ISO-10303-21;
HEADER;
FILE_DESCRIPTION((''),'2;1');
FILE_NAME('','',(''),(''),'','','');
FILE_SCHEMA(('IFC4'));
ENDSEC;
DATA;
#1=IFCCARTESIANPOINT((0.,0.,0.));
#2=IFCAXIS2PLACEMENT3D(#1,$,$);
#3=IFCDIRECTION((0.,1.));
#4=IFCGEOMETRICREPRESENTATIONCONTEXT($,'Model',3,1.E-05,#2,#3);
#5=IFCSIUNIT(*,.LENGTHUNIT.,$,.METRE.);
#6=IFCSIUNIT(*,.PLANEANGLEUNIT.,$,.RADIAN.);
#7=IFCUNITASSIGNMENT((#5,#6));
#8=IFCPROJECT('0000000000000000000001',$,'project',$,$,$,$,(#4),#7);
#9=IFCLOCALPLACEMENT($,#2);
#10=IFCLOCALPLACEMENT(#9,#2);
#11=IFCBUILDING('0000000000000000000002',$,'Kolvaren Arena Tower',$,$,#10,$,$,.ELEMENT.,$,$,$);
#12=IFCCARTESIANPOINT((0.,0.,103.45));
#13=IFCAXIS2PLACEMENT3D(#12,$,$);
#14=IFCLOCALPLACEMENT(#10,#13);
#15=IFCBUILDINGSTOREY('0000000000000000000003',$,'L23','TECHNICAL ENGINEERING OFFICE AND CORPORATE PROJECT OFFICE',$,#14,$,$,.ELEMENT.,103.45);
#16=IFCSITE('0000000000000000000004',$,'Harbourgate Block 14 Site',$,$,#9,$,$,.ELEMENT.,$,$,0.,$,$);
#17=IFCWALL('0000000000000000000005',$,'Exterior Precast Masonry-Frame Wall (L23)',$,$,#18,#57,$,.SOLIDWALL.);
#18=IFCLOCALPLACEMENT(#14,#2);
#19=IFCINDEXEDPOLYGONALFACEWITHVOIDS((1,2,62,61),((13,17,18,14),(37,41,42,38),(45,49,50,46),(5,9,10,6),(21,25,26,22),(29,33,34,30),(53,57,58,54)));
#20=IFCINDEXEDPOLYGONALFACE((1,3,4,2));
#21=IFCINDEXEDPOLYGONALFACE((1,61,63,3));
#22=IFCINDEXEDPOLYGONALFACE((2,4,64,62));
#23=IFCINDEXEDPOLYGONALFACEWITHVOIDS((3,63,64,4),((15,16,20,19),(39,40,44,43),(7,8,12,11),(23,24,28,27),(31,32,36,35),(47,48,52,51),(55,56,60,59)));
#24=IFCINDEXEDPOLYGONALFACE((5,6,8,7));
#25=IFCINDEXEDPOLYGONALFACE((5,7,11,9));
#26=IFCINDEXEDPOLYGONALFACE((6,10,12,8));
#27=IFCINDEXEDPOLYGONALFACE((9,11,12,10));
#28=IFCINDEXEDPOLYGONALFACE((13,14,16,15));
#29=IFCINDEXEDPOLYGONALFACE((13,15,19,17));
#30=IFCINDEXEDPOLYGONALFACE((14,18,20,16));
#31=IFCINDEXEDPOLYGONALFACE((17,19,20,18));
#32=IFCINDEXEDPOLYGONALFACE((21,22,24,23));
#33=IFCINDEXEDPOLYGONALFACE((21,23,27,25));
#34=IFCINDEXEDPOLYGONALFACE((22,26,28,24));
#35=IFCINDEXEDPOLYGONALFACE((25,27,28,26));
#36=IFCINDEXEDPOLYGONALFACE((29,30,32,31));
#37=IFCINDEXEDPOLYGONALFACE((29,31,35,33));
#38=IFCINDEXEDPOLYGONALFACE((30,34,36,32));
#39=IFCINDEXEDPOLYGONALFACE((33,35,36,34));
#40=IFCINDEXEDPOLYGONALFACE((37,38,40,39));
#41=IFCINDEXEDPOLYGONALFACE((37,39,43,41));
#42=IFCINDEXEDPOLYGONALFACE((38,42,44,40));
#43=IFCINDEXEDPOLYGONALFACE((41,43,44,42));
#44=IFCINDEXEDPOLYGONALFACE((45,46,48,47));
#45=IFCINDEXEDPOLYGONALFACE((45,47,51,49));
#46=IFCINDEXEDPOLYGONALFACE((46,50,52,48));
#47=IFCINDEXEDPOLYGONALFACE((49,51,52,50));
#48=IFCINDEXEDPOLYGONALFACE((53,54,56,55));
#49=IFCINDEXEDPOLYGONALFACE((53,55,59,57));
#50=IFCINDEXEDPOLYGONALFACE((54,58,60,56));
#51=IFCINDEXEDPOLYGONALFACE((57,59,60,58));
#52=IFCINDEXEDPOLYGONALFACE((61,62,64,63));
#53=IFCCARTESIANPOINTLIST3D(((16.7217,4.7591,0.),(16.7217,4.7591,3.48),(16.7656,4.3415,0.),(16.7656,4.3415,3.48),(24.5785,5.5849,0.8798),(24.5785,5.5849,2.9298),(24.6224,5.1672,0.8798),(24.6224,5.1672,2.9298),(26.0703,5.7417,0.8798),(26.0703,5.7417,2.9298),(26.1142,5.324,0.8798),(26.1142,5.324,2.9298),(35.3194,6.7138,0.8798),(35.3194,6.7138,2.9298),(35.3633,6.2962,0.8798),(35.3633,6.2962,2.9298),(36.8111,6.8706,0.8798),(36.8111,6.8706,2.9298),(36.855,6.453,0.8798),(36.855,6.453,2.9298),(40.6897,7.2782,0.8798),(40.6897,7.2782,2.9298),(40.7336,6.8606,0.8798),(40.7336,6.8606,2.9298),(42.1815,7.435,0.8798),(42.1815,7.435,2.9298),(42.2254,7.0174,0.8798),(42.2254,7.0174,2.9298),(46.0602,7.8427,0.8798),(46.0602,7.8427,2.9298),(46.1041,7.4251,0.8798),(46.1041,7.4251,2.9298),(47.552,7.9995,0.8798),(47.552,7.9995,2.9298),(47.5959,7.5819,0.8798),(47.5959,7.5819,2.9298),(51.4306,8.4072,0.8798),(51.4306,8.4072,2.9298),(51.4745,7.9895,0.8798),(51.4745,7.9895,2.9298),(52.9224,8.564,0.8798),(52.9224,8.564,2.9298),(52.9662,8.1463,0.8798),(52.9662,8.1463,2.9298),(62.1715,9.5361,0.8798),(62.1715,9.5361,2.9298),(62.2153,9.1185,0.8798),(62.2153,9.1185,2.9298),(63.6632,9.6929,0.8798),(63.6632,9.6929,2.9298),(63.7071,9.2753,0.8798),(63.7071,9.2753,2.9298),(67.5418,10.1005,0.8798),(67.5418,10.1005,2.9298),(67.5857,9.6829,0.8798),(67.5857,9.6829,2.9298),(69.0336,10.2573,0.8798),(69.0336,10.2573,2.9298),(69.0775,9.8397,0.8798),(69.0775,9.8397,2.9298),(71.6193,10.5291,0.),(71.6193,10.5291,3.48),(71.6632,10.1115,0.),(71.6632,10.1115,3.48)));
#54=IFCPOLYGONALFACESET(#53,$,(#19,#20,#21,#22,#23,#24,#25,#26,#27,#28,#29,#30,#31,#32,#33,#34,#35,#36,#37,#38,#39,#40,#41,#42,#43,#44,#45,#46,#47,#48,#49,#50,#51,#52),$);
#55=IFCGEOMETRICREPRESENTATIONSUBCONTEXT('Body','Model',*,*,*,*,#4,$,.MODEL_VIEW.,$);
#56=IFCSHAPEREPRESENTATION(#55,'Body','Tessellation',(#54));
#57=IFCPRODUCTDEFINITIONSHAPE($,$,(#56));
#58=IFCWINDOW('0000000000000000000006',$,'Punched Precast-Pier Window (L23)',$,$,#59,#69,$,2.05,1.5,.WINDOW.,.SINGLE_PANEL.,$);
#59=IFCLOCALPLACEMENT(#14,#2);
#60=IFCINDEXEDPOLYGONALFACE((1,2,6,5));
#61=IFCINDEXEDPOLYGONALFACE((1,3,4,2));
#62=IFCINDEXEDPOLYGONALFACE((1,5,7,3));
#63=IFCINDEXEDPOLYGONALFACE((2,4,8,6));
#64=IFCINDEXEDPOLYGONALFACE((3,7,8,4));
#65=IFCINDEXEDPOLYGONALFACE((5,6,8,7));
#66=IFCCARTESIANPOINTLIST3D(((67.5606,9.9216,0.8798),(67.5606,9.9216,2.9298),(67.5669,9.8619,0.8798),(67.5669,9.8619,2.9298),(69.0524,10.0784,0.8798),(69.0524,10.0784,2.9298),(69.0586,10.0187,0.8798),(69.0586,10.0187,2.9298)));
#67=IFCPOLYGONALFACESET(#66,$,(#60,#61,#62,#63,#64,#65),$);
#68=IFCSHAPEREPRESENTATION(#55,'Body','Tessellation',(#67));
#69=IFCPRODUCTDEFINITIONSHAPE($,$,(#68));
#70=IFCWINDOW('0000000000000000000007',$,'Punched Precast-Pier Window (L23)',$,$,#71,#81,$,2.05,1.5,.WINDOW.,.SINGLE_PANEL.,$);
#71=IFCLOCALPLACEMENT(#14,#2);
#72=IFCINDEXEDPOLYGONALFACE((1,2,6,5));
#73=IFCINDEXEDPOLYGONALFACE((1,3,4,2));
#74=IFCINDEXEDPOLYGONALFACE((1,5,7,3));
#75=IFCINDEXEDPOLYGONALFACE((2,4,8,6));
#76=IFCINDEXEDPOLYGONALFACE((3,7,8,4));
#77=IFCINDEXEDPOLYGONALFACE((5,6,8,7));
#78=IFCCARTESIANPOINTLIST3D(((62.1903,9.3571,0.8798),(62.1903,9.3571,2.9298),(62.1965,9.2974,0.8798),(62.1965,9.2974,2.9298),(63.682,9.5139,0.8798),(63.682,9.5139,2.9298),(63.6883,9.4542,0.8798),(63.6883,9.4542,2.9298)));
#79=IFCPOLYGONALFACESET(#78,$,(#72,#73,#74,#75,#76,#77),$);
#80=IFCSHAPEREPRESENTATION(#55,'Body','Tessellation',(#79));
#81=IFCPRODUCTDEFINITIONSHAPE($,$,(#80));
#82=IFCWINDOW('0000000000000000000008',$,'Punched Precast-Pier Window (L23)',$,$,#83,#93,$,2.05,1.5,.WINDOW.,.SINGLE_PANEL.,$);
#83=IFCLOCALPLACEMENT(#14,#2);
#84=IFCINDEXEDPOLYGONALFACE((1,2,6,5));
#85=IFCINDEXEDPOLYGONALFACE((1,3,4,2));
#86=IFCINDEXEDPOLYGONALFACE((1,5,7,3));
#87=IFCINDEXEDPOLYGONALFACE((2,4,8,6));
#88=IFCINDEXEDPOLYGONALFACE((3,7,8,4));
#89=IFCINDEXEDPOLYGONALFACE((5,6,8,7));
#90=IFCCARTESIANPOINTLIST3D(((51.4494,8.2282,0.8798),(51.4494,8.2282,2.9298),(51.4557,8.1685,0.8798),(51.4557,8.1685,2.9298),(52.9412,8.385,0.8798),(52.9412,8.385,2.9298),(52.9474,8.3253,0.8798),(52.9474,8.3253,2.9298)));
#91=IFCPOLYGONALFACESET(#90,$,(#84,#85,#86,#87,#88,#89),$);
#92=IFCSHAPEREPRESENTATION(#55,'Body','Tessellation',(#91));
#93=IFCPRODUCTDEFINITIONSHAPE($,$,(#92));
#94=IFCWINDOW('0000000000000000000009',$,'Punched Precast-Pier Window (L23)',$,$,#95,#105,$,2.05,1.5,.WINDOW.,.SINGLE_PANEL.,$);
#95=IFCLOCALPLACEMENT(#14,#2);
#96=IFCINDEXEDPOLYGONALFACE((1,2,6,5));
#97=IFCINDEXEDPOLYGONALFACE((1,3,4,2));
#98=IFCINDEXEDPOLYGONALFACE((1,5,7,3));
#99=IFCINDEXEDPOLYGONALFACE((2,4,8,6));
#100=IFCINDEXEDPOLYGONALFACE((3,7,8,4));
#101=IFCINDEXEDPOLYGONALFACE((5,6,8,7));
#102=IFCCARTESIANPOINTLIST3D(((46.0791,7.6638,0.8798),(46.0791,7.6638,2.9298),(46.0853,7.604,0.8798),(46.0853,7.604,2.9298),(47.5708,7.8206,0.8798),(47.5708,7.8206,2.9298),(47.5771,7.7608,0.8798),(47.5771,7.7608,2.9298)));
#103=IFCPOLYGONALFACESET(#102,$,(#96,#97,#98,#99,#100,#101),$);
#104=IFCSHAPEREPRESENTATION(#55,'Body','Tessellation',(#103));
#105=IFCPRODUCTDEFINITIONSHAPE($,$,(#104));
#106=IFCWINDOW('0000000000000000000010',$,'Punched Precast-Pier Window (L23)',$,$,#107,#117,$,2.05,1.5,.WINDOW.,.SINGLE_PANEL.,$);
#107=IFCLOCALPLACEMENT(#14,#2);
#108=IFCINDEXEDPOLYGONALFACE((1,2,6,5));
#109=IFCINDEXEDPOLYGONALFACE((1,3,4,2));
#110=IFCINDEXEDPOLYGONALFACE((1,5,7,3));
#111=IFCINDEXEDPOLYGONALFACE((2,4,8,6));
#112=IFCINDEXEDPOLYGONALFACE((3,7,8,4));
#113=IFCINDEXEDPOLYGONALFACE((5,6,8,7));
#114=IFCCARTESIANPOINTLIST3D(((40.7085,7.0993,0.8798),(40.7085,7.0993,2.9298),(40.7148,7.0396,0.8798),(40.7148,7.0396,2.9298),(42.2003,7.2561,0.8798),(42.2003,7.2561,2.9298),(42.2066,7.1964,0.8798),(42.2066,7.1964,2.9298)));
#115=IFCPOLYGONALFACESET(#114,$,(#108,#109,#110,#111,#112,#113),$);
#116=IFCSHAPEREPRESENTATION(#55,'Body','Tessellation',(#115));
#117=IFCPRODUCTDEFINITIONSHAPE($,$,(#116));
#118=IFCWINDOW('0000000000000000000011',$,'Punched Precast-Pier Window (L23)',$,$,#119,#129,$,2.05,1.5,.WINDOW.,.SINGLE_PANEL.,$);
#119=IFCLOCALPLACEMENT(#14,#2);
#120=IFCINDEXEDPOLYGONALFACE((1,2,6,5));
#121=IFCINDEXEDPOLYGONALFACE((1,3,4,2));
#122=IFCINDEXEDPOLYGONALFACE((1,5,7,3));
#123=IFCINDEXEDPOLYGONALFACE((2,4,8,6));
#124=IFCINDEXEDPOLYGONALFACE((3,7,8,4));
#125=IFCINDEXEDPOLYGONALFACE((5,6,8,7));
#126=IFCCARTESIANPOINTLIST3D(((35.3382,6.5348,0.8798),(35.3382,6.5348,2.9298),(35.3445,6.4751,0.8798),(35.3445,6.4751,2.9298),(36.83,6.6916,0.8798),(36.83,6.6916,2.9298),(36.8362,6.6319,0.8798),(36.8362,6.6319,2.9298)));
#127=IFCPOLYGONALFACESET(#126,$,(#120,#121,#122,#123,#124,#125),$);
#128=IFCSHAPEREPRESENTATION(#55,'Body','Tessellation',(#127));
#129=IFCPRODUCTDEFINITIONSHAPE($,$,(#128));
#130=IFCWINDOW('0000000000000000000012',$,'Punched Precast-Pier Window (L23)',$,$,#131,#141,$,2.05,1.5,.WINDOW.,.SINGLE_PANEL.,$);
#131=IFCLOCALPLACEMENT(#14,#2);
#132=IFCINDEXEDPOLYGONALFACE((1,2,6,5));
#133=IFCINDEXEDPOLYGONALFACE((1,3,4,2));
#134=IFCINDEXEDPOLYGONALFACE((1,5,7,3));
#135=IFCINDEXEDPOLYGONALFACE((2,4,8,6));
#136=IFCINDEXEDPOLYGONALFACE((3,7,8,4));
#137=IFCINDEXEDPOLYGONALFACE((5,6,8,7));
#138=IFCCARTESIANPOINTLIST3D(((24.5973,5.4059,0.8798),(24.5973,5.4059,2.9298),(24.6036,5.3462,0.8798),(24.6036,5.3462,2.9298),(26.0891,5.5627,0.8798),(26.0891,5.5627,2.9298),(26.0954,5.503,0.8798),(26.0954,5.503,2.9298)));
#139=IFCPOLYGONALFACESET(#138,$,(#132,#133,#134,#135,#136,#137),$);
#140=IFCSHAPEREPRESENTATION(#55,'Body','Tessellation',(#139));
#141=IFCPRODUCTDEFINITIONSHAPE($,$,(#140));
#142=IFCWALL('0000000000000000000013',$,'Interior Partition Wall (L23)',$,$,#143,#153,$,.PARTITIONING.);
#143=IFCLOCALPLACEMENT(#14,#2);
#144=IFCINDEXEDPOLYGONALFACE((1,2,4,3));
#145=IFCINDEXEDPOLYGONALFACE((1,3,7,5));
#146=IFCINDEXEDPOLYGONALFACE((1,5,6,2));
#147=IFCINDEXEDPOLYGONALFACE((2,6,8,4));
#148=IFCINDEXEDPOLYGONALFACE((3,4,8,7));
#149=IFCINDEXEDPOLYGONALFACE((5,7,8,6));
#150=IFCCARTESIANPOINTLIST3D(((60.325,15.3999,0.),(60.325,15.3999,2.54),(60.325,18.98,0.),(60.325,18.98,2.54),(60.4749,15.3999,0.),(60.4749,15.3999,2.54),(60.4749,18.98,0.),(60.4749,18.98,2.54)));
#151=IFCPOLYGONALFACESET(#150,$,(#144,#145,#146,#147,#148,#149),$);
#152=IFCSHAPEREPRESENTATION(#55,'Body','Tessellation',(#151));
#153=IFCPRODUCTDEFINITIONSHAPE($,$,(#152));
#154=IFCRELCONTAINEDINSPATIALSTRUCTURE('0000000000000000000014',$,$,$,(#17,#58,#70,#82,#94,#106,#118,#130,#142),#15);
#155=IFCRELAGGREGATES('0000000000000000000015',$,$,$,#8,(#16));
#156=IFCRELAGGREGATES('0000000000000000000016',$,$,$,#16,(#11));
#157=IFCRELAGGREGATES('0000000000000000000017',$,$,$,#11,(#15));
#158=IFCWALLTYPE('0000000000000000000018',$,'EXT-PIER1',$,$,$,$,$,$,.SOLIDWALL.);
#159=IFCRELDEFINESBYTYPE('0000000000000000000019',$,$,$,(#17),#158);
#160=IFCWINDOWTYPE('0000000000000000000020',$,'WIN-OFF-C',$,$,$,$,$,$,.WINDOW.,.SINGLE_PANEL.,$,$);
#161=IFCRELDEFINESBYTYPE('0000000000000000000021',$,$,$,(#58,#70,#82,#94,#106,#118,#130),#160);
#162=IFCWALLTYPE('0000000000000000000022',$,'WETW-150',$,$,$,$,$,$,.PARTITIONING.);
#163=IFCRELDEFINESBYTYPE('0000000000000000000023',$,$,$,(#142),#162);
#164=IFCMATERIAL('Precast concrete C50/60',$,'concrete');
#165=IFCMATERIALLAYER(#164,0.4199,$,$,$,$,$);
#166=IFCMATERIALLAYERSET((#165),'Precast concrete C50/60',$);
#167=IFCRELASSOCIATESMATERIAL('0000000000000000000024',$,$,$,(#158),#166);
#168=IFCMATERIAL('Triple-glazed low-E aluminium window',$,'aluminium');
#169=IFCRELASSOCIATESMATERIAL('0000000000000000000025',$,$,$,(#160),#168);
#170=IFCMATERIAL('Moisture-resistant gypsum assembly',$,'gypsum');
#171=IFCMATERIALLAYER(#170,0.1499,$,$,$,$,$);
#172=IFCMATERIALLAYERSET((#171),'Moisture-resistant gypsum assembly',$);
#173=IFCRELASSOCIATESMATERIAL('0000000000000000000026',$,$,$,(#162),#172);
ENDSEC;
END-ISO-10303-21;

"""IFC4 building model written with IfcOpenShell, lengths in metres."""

from ifc_helpers import new_model, si_unit, direction, frame, frame_2d, origin, place, context, subcontext, project, spatial, rectangle, extrude, material, layer, layer_set, type_object, element, fill, save


model = new_model("IFC4")

# Units and contexts
model_context = context("Model", 3, precision=1e-05, world=origin(), true_north=direction((0.0, 1.0)))
body_context = subcontext(model_context, "Body", "Model", "MODEL_VIEW")
ifc_project = project(units=[si_unit("LENGTHUNIT", "METRE"), si_unit("PLANEANGLEUNIT", "RADIAN")], contexts=[model_context])

# Site, building, storey
site_placement = place(None, origin())
site = spatial("IfcSite", under=ifc_project, at=site_placement, Name="Harbourgate Block 14 Site", CompositionType="ELEMENT", RefElevation=0.0)
building_placement = place(site_placement, origin())
building = spatial("IfcBuilding", under=site, at=building_placement, Name="Kolvaren Arena Tower", CompositionType="ELEMENT")
storey_placement = place(building_placement, frame((0.0, 0.0, 103.45)))
storey = spatial("IfcBuildingStorey", under=building, at=storey_placement, Name="L23", Description="TECHNICAL ENGINEERING OFFICE AND CORPORATE PROJECT OFFICE", CompositionType="ELEMENT", Elevation=103.45)

# Shared definitions
ifc_material_1 = material(Name="Precast concrete C50/60", Category="concrete")
ifc_layer_1 = layer(ifc_material_1, 0.4199)
ifc_layer_set_1 = layer_set([ifc_layer_1], Name="Precast concrete C50/60")
wall_type_1 = type_object("IfcWallType", Name="EXT-PIER1", PredefinedType="SOLIDWALL", material=ifc_layer_set_1)

# Wall, openings, windows
wall_1_placement = place(storey_placement, frame((71.6414, 10.3203, 0.0), z_axis=(0.0, 0.0, 1.0), x_axis=(-0.994522, -0.10453, 0.0)))
wall_1 = element("IfcWall", 1, at=wall_1_placement, inside=storey, type_object=wall_type_1, Name="Exterior Precast Masonry-Frame Wall (L23)", PredefinedType="SOLIDWALL", context=body_context, shape_type="SweptSolid", body=[
    extrude(rectangle(XDim=55.2, YDim=0.4199, at=frame_2d((27.6001, 0.0))), origin(), (0.0, 0.0, 1.0), 3.48),
])
opening_1_placement = place(wall_1_placement, frame((2.6001, 0.0, 0.8799)))
opening_1 = element("IfcOpeningElement", 2, at=opening_1_placement, cuts=wall_1, PredefinedType="OPENING", context=body_context, shape_type="SweptSolid", body=[
    extrude(rectangle(XDim=1.5, YDim=2.05, at=frame_2d((0.75, 1.0249))), frame((0.0, 0.22, 0.0), z_axis=(0.0, -1.0, 0.0), x_axis=(1.0, 0.0, 0.0)), (0.0, 0.0, 1.0), 0.4399),
])
opening_2_placement = place(wall_1_placement, frame((8.0, 0.0, 0.8799)))
opening_2 = element("IfcOpeningElement", 3, at=opening_2_placement, cuts=wall_1, PredefinedType="OPENING", context=body_context, shape_type="SweptSolid", body=[
    extrude(rectangle(XDim=1.5, YDim=2.05, at=frame_2d((0.75, 1.0249))), frame((0.0, 0.22, 0.0), z_axis=(0.0, -1.0, 0.0), x_axis=(1.0, 0.0, 0.0)), (0.0, 0.0, 1.0), 0.4399),
])
opening_3_placement = place(wall_1_placement, frame((18.8, 0.0, 0.8799)))
opening_3 = element("IfcOpeningElement", 4, at=opening_3_placement, cuts=wall_1, PredefinedType="OPENING", context=body_context, shape_type="SweptSolid", body=[
    extrude(rectangle(XDim=1.5, YDim=2.05, at=frame_2d((0.75, 1.0249))), frame((0.0, 0.22, 0.0), z_axis=(0.0, -1.0, 0.0), x_axis=(1.0, 0.0, 0.0)), (0.0, 0.0, 1.0), 0.4399),
])
opening_4_placement = place(wall_1_placement, frame((24.2, 0.0, 0.8799)))
opening_4 = element("IfcOpeningElement", 5, at=opening_4_placement, cuts=wall_1, PredefinedType="OPENING", context=body_context, shape_type="SweptSolid", body=[
    extrude(rectangle(XDim=1.5, YDim=2.05, at=frame_2d((0.75, 1.0249))), frame((0.0, 0.22, 0.0), z_axis=(0.0, -1.0, 0.0), x_axis=(1.0, 0.0, 0.0)), (0.0, 0.0, 1.0), 0.4399),
])
opening_5_placement = place(wall_1_placement, frame((29.6001, 0.0, 0.8799)))
opening_5 = element("IfcOpeningElement", 6, at=opening_5_placement, cuts=wall_1, PredefinedType="OPENING", context=body_context, shape_type="SweptSolid", body=[
    extrude(rectangle(XDim=1.5, YDim=2.05, at=frame_2d((0.75, 1.0249))), frame((0.0, 0.22, 0.0), z_axis=(0.0, -1.0, 0.0), x_axis=(1.0, 0.0, 0.0)), (0.0, 0.0, 1.0), 0.4399),
])
opening_6_placement = place(wall_1_placement, frame((35.0, 0.0, 0.8799)))
opening_6 = element("IfcOpeningElement", 7, at=opening_6_placement, cuts=wall_1, PredefinedType="OPENING", context=body_context, shape_type="SweptSolid", body=[
    extrude(rectangle(XDim=1.5, YDim=2.05, at=frame_2d((0.75, 1.0249))), frame((0.0, 0.22, 0.0), z_axis=(0.0, -1.0, 0.0), x_axis=(1.0, 0.0, 0.0)), (0.0, 0.0, 1.0), 0.4399),
])
opening_7_placement = place(wall_1_placement, frame((45.8, 0.0, 0.8799)))
opening_7 = element("IfcOpeningElement", 8, at=opening_7_placement, cuts=wall_1, PredefinedType="OPENING", context=body_context, shape_type="SweptSolid", body=[
    extrude(rectangle(XDim=1.5, YDim=2.05, at=frame_2d((0.75, 1.0249))), frame((0.0, 0.22, 0.0), z_axis=(0.0, -1.0, 0.0), x_axis=(1.0, 0.0, 0.0)), (0.0, 0.0, 1.0), 0.4399),
])
ifc_material_2 = material(Name="Triple-glazed low-E aluminium window", Category="aluminium")
window_type = type_object("IfcWindowType", Name="WIN-OFF-C", PartitioningType="SINGLE_PANEL", PredefinedType="WINDOW", material=ifc_material_2)
window_1_placement = place(opening_1_placement, origin())
window_1 = element("IfcWindow", 9, at=window_1_placement, inside=storey, type_object=window_type, Name="Punched Precast-Pier Window (L23)", OverallHeight=2.05, OverallWidth=1.5, PartitioningType="SINGLE_PANEL", PredefinedType="WINDOW", context=body_context, shape_type="SweptSolid", body=[
    extrude(rectangle(XDim=1.5, YDim=2.05, at=frame_2d((0.75, 1.0249))), frame((0.0, 0.03, 0.0), z_axis=(0.0, -1.0, 0.0), x_axis=(1.0, 0.0, 0.0)), (0.0, 0.0, 1.0), 0.0601),
])
fill(opening_1, window_1)
window_2_placement = place(opening_2_placement, origin())
window_2 = element("IfcWindow", 10, at=window_2_placement, inside=storey, type_object=window_type, Name="Punched Precast-Pier Window (L23)", OverallHeight=2.05, OverallWidth=1.5, PartitioningType="SINGLE_PANEL", PredefinedType="WINDOW", context=body_context, shape_type="SweptSolid", body=[
    extrude(rectangle(XDim=1.5, YDim=2.05, at=frame_2d((0.75, 1.0249))), frame((0.0, 0.03, 0.0), z_axis=(0.0, -1.0, 0.0), x_axis=(1.0, 0.0, 0.0)), (0.0, 0.0, 1.0), 0.0601),
])
fill(opening_2, window_2)
window_3_placement = place(opening_3_placement, origin())
window_3 = element("IfcWindow", 11, at=window_3_placement, inside=storey, type_object=window_type, Name="Punched Precast-Pier Window (L23)", OverallHeight=2.05, OverallWidth=1.5, PartitioningType="SINGLE_PANEL", PredefinedType="WINDOW", context=body_context, shape_type="SweptSolid", body=[
    extrude(rectangle(XDim=1.5, YDim=2.05, at=frame_2d((0.75, 1.0249))), frame((0.0, 0.03, 0.0), z_axis=(0.0, -1.0, 0.0), x_axis=(1.0, 0.0, 0.0)), (0.0, 0.0, 1.0), 0.0601),
])
fill(opening_3, window_3)
window_4_placement = place(opening_4_placement, origin())
window_4 = element("IfcWindow", 12, at=window_4_placement, inside=storey, type_object=window_type, Name="Punched Precast-Pier Window (L23)", OverallHeight=2.05, OverallWidth=1.5, PartitioningType="SINGLE_PANEL", PredefinedType="WINDOW", context=body_context, shape_type="SweptSolid", body=[
    extrude(rectangle(XDim=1.5, YDim=2.05, at=frame_2d((0.75, 1.0249))), frame((0.0, 0.03, 0.0), z_axis=(0.0, -1.0, 0.0), x_axis=(1.0, 0.0, 0.0)), (0.0, 0.0, 1.0), 0.0601),
])
fill(opening_4, window_4)
window_5_placement = place(opening_5_placement, origin())
window_5 = element("IfcWindow", 13, at=window_5_placement, inside=storey, type_object=window_type, Name="Punched Precast-Pier Window (L23)", OverallHeight=2.05, OverallWidth=1.5, PartitioningType="SINGLE_PANEL", PredefinedType="WINDOW", context=body_context, shape_type="SweptSolid", body=[
    extrude(rectangle(XDim=1.5, YDim=2.05, at=frame_2d((0.75, 1.0249))), frame((0.0, 0.03, 0.0), z_axis=(0.0, -1.0, 0.0), x_axis=(1.0, 0.0, 0.0)), (0.0, 0.0, 1.0), 0.0601),
])
fill(opening_5, window_5)
window_6_placement = place(opening_6_placement, origin())
window_6 = element("IfcWindow", 14, at=window_6_placement, inside=storey, type_object=window_type, Name="Punched Precast-Pier Window (L23)", OverallHeight=2.05, OverallWidth=1.5, PartitioningType="SINGLE_PANEL", PredefinedType="WINDOW", context=body_context, shape_type="SweptSolid", body=[
    extrude(rectangle(XDim=1.5, YDim=2.05, at=frame_2d((0.75, 1.0249))), frame((0.0, 0.03, 0.0), z_axis=(0.0, -1.0, 0.0), x_axis=(1.0, 0.0, 0.0)), (0.0, 0.0, 1.0), 0.0601),
])
fill(opening_6, window_6)
window_7_placement = place(opening_7_placement, origin())
window_7 = element("IfcWindow", 15, at=window_7_placement, inside=storey, type_object=window_type, Name="Punched Precast-Pier Window (L23)", OverallHeight=2.05, OverallWidth=1.5, PartitioningType="SINGLE_PANEL", PredefinedType="WINDOW", context=body_context, shape_type="SweptSolid", body=[
    extrude(rectangle(XDim=1.5, YDim=2.05, at=frame_2d((0.75, 1.0249))), frame((0.0, 0.03, 0.0), z_axis=(0.0, -1.0, 0.0), x_axis=(1.0, 0.0, 0.0)), (0.0, 0.0, 1.0), 0.0601),
])
fill(opening_7, window_7)

# Wall
ifc_material_3 = material(Name="Moisture-resistant gypsum assembly", Category="gypsum")
ifc_layer_2 = layer(ifc_material_3, 0.1499)
ifc_layer_set_2 = layer_set([ifc_layer_2], Name="Moisture-resistant gypsum assembly")
wall_type_2 = type_object("IfcWallType", Name="WETW-150", PredefinedType="PARTITIONING", material=ifc_layer_set_2)
wall_2_placement = place(storey_placement, frame((60.3999, 15.3999, 0.0), z_axis=(0.0, 0.0, 1.0), x_axis=(0.0, 1.0, 0.0)))
element("IfcWall", 16, at=wall_2_placement, inside=storey, type_object=wall_type_2, Name="Interior Partition Wall (L23)", PredefinedType="PARTITIONING", context=body_context, shape_type="SweptSolid", body=[
    extrude(rectangle(XDim=3.5801, YDim=0.1499, at=frame_2d((1.79, 0.0))), origin(), (0.0, 0.0, 1.0), 2.54),
])

save(model, "model.ifc")
